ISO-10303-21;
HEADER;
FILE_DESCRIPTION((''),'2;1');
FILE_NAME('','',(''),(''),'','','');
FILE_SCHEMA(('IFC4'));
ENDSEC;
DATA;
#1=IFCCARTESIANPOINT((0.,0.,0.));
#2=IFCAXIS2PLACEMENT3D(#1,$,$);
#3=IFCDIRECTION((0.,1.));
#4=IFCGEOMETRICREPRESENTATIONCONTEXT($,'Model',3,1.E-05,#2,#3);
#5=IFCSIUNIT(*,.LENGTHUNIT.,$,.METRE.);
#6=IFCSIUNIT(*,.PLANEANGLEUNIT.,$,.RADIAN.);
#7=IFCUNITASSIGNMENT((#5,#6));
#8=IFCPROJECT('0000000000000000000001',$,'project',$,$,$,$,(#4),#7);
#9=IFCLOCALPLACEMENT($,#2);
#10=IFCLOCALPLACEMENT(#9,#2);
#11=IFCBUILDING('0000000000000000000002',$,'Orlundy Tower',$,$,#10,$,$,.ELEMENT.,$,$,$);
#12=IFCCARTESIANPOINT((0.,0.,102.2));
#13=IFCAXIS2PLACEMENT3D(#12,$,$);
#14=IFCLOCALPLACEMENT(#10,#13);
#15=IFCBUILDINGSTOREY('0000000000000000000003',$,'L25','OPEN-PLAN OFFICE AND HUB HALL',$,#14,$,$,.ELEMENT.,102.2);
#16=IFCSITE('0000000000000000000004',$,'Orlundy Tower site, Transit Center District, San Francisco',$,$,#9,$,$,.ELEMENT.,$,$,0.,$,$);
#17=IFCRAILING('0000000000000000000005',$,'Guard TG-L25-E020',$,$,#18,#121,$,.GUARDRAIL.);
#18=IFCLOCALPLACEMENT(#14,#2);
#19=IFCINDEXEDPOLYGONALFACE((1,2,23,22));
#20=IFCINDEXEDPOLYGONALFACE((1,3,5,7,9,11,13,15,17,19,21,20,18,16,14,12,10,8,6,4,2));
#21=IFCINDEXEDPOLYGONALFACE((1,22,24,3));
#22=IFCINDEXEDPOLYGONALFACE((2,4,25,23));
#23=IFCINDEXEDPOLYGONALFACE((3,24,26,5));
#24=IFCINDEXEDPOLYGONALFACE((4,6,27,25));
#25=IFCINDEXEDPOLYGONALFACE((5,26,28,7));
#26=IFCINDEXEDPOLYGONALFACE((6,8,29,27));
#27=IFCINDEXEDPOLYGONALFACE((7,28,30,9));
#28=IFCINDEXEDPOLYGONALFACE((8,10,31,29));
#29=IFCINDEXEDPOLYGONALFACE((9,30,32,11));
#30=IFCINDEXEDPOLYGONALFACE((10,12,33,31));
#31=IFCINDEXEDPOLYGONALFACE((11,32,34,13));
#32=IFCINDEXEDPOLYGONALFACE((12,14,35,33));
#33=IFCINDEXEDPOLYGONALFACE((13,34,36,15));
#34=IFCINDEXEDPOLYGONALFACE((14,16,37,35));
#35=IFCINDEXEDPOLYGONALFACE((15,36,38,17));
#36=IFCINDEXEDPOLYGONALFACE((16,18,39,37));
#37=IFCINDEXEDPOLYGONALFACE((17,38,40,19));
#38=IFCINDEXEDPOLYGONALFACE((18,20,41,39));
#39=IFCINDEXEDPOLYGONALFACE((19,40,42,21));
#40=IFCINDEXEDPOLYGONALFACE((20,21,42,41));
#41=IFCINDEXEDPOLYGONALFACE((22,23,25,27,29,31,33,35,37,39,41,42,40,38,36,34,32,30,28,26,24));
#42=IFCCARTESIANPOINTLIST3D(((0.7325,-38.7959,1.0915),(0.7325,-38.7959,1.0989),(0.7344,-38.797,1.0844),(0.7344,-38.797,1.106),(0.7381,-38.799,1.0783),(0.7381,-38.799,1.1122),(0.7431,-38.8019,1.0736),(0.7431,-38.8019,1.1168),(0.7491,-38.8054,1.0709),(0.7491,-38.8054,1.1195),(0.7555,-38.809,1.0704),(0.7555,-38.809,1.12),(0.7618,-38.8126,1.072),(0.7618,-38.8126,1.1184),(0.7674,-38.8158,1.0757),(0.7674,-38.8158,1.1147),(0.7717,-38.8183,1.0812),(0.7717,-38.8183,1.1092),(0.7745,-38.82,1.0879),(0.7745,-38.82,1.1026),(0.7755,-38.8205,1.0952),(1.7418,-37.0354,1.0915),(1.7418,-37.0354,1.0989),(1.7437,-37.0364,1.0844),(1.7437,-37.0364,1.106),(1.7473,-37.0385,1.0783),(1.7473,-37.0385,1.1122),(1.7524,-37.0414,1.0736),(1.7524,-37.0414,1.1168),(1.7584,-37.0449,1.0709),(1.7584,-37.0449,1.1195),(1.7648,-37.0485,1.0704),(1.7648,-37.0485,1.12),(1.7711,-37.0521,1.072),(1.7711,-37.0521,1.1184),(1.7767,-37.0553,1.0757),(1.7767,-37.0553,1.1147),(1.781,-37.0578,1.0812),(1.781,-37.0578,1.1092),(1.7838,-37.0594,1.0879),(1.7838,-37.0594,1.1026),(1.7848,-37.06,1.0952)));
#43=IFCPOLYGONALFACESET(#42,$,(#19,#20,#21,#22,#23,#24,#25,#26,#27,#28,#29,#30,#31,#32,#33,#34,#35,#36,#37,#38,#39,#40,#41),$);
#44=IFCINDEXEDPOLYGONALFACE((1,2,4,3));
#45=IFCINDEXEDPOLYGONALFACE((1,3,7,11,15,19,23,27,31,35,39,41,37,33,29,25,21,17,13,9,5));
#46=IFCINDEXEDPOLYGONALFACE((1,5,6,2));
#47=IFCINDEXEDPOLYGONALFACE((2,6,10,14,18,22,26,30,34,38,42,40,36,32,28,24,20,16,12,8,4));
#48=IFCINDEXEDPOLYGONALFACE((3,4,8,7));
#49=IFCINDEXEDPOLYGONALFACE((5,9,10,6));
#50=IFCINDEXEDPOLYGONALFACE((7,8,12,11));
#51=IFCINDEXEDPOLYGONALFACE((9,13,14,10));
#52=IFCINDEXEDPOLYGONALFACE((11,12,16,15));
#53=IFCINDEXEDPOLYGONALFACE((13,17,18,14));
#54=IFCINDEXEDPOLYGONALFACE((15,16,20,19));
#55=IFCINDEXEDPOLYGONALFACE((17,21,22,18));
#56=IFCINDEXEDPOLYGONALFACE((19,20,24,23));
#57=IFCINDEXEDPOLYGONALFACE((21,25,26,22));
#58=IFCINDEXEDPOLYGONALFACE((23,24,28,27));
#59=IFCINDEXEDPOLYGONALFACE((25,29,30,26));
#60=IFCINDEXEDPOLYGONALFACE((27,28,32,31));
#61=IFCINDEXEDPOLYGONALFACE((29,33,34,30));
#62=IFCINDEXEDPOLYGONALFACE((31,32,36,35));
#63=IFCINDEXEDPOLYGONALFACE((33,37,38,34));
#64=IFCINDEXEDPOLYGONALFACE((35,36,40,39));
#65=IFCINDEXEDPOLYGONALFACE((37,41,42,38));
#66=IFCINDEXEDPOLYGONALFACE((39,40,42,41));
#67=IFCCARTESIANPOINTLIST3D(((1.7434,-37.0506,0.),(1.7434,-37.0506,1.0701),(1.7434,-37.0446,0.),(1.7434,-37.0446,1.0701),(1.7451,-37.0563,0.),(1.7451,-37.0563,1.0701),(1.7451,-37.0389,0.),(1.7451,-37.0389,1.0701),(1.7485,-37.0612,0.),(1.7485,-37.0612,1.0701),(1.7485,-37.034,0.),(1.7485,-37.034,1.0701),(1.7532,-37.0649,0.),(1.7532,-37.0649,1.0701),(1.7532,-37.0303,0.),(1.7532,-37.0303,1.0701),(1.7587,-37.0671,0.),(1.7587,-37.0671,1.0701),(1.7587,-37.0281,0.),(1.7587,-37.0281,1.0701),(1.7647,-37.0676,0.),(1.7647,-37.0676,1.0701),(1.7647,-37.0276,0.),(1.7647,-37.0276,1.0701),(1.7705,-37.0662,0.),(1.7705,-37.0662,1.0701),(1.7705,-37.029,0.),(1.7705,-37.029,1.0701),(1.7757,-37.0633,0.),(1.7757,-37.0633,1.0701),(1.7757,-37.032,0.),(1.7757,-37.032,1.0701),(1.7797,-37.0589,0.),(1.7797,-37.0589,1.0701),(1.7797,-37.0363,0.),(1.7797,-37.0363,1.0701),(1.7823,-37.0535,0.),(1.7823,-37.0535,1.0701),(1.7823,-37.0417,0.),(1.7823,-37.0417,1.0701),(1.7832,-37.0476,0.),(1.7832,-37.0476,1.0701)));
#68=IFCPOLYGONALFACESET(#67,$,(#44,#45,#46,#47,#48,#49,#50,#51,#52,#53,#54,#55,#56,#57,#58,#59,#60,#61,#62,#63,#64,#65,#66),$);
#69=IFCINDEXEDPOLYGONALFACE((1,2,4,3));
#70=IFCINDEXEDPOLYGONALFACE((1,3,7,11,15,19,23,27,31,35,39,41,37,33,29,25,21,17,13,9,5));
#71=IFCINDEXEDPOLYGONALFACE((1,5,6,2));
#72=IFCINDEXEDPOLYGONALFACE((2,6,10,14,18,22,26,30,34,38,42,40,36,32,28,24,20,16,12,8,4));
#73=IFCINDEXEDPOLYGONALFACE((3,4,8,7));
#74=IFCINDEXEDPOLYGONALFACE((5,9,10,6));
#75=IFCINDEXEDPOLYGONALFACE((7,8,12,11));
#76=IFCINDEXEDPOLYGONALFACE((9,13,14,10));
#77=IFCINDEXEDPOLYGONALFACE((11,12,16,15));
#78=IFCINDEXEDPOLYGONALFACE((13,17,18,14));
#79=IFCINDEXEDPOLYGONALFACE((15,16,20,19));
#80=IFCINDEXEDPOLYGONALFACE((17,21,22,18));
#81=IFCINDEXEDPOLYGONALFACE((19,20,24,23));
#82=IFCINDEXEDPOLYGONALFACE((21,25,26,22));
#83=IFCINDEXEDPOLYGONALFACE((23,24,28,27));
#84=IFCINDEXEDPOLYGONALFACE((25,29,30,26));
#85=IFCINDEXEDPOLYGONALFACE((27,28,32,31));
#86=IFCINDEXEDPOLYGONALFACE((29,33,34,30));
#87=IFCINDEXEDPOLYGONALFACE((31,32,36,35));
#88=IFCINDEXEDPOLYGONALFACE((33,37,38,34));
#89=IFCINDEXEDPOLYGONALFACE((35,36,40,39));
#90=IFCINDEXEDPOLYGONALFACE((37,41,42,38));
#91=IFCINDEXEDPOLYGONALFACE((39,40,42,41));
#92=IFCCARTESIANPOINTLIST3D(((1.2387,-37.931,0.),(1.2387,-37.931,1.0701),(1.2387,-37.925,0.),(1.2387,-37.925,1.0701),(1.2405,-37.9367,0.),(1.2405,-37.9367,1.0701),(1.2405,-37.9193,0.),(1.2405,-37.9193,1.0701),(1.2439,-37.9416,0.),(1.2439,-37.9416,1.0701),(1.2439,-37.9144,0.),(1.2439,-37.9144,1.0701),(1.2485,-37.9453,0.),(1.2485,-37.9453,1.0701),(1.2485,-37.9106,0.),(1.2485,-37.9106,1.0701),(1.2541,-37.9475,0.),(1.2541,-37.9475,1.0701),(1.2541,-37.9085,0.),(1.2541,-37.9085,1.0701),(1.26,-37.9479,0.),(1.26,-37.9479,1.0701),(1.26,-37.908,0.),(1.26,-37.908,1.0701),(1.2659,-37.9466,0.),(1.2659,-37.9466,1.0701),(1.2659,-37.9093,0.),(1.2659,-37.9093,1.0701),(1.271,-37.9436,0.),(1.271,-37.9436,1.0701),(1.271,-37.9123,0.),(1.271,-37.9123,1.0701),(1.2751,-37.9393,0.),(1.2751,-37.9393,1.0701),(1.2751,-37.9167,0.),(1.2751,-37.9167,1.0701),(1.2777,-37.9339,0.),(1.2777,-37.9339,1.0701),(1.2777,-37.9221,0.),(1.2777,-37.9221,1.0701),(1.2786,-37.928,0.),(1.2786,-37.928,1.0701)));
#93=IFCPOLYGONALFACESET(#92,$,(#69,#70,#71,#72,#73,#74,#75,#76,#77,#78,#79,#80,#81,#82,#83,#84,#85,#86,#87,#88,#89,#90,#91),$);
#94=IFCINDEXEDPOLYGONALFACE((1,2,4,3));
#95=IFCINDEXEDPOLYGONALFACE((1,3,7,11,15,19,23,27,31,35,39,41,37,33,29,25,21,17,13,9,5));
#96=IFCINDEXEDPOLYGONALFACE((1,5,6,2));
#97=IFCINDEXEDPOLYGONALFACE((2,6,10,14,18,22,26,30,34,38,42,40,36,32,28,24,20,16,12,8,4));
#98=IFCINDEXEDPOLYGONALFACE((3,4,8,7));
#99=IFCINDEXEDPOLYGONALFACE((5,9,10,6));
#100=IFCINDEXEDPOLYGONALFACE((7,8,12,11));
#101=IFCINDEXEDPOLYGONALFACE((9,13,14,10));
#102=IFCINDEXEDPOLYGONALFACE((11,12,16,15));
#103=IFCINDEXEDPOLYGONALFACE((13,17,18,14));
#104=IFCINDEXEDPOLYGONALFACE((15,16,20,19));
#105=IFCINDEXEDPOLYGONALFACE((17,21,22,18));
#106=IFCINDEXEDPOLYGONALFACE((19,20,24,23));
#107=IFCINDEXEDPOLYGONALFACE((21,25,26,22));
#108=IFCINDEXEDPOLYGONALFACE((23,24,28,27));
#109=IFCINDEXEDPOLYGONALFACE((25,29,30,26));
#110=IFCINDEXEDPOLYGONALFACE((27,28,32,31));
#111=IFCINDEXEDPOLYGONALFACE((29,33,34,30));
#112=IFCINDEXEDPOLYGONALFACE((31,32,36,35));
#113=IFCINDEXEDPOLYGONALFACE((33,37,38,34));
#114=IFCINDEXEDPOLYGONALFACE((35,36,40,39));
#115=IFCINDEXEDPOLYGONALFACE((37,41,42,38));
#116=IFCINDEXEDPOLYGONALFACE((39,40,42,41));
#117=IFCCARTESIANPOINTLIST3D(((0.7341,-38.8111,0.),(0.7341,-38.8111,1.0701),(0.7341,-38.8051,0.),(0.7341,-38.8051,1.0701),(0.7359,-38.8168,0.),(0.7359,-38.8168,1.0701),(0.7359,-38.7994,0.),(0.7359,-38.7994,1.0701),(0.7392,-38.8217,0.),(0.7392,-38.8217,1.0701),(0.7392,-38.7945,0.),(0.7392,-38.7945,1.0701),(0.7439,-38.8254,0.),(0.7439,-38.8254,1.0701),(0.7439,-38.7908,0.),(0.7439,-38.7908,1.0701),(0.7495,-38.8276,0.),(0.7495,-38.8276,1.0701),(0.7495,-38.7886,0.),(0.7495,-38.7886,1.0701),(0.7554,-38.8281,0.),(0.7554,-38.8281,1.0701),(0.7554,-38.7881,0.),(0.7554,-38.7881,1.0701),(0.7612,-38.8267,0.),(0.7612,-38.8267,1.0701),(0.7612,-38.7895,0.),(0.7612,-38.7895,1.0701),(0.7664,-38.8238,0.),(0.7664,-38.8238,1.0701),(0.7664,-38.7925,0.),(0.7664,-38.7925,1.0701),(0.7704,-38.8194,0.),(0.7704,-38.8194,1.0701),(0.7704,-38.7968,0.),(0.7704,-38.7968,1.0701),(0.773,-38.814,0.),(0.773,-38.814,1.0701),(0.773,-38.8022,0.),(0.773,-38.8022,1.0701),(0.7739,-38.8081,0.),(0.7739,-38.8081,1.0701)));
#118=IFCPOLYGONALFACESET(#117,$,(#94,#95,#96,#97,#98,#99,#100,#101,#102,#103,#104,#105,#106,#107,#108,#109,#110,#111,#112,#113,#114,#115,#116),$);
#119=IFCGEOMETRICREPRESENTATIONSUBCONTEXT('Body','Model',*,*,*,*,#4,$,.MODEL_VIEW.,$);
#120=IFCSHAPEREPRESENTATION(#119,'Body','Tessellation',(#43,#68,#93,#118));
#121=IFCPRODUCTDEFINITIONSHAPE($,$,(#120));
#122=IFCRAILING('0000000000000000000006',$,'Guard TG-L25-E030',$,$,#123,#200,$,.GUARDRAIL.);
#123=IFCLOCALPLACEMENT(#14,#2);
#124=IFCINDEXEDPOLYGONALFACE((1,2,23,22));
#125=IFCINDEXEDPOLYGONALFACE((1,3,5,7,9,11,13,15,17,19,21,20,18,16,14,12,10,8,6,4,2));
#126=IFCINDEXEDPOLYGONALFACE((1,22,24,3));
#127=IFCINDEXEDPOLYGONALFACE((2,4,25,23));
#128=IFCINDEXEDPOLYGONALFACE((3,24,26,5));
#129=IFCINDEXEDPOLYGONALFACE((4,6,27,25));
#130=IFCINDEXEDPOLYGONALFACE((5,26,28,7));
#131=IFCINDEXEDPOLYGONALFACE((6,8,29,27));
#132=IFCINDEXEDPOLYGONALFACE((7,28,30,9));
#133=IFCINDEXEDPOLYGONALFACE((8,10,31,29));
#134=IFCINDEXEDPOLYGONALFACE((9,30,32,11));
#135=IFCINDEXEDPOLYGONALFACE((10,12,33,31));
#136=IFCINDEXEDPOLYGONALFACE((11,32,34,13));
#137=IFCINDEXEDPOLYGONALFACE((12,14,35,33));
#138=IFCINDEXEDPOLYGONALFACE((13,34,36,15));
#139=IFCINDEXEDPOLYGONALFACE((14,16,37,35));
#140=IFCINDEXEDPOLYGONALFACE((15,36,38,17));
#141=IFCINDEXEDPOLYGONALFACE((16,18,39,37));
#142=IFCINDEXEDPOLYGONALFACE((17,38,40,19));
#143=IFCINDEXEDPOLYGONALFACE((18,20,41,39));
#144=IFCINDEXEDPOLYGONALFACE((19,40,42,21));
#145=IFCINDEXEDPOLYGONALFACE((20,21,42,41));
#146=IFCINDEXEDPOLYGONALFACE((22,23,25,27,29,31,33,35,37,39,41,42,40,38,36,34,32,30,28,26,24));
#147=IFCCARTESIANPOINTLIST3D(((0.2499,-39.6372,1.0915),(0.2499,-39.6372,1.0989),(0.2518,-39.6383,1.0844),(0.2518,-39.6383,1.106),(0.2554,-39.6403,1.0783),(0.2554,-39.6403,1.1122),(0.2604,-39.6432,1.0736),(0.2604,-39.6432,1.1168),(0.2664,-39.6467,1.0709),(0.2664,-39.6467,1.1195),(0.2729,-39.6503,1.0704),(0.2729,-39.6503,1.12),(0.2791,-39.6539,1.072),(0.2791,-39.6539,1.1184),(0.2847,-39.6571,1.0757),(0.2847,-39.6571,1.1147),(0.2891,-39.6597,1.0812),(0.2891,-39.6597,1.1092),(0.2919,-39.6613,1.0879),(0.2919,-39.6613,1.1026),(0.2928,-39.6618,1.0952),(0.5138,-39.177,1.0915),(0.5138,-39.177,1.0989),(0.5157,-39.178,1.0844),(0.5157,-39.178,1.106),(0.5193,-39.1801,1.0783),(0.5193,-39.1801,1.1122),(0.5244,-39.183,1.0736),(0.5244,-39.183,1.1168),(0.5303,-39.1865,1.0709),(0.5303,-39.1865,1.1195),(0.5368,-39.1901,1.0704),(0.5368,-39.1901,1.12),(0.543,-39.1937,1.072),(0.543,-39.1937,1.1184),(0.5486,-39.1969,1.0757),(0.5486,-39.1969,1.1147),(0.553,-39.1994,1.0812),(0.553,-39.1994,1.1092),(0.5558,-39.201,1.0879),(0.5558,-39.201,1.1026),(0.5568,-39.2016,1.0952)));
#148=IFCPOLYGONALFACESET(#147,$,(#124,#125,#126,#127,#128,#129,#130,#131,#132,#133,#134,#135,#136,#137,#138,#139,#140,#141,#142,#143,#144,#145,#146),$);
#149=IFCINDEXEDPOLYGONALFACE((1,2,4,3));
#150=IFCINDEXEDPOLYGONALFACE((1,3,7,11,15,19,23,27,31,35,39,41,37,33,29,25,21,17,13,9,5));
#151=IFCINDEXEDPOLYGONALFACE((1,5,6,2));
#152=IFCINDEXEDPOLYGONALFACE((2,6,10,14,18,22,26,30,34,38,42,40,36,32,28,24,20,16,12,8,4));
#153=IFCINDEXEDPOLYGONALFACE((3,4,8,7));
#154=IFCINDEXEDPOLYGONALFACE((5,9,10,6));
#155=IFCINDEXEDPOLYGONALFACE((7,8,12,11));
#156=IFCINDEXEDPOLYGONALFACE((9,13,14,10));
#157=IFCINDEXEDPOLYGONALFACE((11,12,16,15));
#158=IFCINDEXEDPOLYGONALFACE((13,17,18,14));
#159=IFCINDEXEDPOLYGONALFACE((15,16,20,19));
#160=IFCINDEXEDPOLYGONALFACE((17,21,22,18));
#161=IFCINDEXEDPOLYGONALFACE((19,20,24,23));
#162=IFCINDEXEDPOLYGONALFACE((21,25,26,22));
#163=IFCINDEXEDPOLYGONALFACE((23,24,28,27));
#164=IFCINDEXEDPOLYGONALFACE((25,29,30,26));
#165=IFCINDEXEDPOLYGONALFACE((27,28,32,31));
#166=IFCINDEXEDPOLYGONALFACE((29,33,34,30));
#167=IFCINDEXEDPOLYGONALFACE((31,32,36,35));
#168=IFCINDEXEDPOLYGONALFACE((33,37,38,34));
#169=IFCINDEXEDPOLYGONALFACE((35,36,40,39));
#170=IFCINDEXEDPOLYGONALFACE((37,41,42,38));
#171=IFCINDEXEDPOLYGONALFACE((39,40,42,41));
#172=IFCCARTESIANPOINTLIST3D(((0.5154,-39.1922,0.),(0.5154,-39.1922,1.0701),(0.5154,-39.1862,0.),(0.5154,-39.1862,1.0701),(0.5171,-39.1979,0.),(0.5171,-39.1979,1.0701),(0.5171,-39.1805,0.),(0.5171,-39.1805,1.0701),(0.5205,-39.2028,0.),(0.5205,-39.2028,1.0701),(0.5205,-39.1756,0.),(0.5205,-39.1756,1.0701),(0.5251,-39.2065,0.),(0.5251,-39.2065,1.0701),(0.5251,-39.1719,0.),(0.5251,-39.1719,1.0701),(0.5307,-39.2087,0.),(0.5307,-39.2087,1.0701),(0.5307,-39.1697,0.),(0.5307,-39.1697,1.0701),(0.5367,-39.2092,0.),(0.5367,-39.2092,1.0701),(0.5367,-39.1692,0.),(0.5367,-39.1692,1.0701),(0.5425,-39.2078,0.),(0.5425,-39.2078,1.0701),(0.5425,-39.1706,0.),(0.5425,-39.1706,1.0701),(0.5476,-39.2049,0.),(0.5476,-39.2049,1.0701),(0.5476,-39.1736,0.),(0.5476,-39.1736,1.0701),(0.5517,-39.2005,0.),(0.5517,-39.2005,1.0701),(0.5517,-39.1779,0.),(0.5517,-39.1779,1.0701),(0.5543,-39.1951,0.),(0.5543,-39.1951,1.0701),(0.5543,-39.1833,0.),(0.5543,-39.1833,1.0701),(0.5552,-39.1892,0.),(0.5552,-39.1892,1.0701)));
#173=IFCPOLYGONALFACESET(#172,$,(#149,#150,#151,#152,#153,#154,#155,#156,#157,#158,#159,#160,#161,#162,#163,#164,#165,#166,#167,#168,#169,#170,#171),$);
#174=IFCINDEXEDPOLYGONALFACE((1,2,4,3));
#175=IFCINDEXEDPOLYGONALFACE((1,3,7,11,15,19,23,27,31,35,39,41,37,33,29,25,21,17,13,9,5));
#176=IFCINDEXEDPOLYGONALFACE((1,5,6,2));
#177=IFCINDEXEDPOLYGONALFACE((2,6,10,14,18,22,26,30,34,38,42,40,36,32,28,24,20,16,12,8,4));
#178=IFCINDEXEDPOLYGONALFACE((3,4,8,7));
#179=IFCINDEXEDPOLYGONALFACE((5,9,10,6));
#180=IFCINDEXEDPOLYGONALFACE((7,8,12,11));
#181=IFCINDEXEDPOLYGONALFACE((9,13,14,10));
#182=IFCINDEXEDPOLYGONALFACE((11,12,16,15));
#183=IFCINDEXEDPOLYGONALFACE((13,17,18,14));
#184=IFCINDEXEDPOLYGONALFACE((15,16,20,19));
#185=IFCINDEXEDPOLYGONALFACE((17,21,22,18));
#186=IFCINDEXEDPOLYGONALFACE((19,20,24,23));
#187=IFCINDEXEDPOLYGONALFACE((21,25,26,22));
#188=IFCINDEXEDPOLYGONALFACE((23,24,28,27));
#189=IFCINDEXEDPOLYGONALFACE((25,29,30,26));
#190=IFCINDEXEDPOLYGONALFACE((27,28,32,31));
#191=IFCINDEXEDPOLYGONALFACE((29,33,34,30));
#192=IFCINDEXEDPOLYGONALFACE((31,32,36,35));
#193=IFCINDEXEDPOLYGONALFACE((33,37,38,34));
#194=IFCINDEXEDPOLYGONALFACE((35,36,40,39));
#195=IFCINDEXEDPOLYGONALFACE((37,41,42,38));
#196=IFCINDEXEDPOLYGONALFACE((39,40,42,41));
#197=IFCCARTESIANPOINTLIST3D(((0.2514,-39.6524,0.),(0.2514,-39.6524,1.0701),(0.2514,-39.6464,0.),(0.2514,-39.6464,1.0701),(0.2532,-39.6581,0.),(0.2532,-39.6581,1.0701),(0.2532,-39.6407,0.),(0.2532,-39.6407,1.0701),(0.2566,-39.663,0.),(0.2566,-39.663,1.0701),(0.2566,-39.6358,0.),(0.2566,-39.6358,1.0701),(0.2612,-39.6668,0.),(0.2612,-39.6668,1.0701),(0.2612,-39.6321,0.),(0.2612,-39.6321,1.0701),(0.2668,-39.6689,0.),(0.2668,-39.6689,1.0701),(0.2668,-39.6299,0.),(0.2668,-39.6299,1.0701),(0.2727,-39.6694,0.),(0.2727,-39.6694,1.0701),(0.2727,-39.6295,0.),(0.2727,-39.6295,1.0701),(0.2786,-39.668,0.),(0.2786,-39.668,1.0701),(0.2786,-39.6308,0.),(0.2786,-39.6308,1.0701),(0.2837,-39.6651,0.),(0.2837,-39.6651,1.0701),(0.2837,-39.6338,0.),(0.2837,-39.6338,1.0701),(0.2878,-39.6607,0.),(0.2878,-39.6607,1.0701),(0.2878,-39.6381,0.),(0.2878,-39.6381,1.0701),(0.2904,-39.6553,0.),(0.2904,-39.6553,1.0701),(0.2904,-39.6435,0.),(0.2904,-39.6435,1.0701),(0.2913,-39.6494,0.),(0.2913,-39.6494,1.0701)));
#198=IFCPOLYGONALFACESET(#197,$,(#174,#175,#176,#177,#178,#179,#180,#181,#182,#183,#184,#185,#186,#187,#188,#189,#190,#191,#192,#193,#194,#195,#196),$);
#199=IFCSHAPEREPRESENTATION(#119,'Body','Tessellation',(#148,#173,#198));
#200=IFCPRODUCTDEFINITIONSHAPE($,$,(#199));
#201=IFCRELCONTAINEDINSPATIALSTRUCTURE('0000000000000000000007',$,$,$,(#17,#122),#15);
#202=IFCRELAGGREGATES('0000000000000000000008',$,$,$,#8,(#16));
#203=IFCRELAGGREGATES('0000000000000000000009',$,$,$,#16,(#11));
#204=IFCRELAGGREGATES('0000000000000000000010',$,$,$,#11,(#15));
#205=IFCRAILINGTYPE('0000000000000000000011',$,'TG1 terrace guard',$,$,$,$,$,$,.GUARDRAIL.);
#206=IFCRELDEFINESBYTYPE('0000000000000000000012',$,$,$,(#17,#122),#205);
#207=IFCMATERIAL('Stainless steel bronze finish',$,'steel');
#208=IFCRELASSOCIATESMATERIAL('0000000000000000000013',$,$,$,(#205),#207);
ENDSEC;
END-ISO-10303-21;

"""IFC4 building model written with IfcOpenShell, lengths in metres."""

from ifc_helpers import new_model, si_unit, direction, frame, origin, origin_2d, place, context, subcontext, project, spatial, circle, extrude, material, type_object, element, save


model = new_model("IFC4")

# Units and contexts
model_context = context("Model", 3, precision=1e-05, world=origin(), true_north=direction((0.0, 1.0)))
body_context = subcontext(model_context, "Body", "Model", "MODEL_VIEW")
ifc_project = project(units=[si_unit("LENGTHUNIT", "METRE"), si_unit("PLANEANGLEUNIT", "RADIAN")], contexts=[model_context])

# Site, building, storey
site_placement = place(None, origin())
site = spatial("IfcSite", under=ifc_project, at=site_placement, Name="Orlundy Tower site, Transit Center District, San Francisco", CompositionType="ELEMENT", RefElevation=0.0)
building_placement = place(site_placement, origin())
building = spatial("IfcBuilding", under=site, at=building_placement, Name="Orlundy Tower", CompositionType="ELEMENT")
storey_placement = place(building_placement, frame((0.0, 0.0, 102.2)))
storey = spatial("IfcBuildingStorey", under=building, at=storey_placement, Name="L25", Description="OPEN-PLAN OFFICE AND HUB HALL", CompositionType="ELEMENT", Elevation=102.2)

# Railings
ifc_material_1 = material(Name="Stainless steel bronze finish", Category="steel")
railing_type = type_object("IfcRailingType", Name="TG1 terrace guard", PredefinedType="GUARDRAIL", material=ifc_material_1)
railing_1_placement = place(storey_placement, frame((1.7632, -37.0476, 0.0)))
element("IfcRailing", 1, at=railing_1_placement, inside=storey, type_object=railing_type, Name="Guard TG-L25-E020", PredefinedType="GUARDRAIL", context=body_context, shape_type="SweptSolid", body=[
    extrude(circle(Radius=0.0249, at=origin_2d()), frame((0.0, 0.0, 1.0952), z_axis=(-0.497356, -0.867546, 0.0), x_axis=(0.867546, -0.497356, 0.0)), (0.0, 0.0, 1.0), 2.0293),
    extrude(circle(Radius=0.02, at=origin_2d()), origin(), (0.0, 0.0, 1.0), 1.0701),
    extrude(circle(Radius=0.02, at=origin_2d()), frame((-0.5046, -0.8804, 0.0)), (0.0, 0.0, 1.0), 1.0701),
    extrude(circle(Radius=0.02, at=origin_2d()), frame((-1.0093, -1.7605, 0.0)), (0.0, 0.0, 1.0), 1.0701),
])
railing_2_placement = place(storey_placement, frame((0.5352, -39.1892, 0.0)))
element("IfcRailing", 2, at=railing_2_placement, inside=storey, type_object=railing_type, Name="Guard TG-L25-E030", PredefinedType="GUARDRAIL", context=body_context, shape_type="SweptSolid", body=[
    extrude(circle(Radius=0.0249, at=origin_2d()), frame((0.0, 0.0, 1.0952), z_axis=(-0.497476, -0.867477, 0.0), x_axis=(0.867477, -0.497476, 0.0)), (0.0, 0.0, 1.0), 0.5305),
    extrude(circle(Radius=0.02, at=origin_2d()), origin(), (0.0, 0.0, 1.0), 1.0701),
    extrude(circle(Radius=0.02, at=origin_2d()), frame((-0.2639, -0.4602, 0.0)), (0.0, 0.0, 1.0), 1.0701),
])

save(model, "model.ifc")
